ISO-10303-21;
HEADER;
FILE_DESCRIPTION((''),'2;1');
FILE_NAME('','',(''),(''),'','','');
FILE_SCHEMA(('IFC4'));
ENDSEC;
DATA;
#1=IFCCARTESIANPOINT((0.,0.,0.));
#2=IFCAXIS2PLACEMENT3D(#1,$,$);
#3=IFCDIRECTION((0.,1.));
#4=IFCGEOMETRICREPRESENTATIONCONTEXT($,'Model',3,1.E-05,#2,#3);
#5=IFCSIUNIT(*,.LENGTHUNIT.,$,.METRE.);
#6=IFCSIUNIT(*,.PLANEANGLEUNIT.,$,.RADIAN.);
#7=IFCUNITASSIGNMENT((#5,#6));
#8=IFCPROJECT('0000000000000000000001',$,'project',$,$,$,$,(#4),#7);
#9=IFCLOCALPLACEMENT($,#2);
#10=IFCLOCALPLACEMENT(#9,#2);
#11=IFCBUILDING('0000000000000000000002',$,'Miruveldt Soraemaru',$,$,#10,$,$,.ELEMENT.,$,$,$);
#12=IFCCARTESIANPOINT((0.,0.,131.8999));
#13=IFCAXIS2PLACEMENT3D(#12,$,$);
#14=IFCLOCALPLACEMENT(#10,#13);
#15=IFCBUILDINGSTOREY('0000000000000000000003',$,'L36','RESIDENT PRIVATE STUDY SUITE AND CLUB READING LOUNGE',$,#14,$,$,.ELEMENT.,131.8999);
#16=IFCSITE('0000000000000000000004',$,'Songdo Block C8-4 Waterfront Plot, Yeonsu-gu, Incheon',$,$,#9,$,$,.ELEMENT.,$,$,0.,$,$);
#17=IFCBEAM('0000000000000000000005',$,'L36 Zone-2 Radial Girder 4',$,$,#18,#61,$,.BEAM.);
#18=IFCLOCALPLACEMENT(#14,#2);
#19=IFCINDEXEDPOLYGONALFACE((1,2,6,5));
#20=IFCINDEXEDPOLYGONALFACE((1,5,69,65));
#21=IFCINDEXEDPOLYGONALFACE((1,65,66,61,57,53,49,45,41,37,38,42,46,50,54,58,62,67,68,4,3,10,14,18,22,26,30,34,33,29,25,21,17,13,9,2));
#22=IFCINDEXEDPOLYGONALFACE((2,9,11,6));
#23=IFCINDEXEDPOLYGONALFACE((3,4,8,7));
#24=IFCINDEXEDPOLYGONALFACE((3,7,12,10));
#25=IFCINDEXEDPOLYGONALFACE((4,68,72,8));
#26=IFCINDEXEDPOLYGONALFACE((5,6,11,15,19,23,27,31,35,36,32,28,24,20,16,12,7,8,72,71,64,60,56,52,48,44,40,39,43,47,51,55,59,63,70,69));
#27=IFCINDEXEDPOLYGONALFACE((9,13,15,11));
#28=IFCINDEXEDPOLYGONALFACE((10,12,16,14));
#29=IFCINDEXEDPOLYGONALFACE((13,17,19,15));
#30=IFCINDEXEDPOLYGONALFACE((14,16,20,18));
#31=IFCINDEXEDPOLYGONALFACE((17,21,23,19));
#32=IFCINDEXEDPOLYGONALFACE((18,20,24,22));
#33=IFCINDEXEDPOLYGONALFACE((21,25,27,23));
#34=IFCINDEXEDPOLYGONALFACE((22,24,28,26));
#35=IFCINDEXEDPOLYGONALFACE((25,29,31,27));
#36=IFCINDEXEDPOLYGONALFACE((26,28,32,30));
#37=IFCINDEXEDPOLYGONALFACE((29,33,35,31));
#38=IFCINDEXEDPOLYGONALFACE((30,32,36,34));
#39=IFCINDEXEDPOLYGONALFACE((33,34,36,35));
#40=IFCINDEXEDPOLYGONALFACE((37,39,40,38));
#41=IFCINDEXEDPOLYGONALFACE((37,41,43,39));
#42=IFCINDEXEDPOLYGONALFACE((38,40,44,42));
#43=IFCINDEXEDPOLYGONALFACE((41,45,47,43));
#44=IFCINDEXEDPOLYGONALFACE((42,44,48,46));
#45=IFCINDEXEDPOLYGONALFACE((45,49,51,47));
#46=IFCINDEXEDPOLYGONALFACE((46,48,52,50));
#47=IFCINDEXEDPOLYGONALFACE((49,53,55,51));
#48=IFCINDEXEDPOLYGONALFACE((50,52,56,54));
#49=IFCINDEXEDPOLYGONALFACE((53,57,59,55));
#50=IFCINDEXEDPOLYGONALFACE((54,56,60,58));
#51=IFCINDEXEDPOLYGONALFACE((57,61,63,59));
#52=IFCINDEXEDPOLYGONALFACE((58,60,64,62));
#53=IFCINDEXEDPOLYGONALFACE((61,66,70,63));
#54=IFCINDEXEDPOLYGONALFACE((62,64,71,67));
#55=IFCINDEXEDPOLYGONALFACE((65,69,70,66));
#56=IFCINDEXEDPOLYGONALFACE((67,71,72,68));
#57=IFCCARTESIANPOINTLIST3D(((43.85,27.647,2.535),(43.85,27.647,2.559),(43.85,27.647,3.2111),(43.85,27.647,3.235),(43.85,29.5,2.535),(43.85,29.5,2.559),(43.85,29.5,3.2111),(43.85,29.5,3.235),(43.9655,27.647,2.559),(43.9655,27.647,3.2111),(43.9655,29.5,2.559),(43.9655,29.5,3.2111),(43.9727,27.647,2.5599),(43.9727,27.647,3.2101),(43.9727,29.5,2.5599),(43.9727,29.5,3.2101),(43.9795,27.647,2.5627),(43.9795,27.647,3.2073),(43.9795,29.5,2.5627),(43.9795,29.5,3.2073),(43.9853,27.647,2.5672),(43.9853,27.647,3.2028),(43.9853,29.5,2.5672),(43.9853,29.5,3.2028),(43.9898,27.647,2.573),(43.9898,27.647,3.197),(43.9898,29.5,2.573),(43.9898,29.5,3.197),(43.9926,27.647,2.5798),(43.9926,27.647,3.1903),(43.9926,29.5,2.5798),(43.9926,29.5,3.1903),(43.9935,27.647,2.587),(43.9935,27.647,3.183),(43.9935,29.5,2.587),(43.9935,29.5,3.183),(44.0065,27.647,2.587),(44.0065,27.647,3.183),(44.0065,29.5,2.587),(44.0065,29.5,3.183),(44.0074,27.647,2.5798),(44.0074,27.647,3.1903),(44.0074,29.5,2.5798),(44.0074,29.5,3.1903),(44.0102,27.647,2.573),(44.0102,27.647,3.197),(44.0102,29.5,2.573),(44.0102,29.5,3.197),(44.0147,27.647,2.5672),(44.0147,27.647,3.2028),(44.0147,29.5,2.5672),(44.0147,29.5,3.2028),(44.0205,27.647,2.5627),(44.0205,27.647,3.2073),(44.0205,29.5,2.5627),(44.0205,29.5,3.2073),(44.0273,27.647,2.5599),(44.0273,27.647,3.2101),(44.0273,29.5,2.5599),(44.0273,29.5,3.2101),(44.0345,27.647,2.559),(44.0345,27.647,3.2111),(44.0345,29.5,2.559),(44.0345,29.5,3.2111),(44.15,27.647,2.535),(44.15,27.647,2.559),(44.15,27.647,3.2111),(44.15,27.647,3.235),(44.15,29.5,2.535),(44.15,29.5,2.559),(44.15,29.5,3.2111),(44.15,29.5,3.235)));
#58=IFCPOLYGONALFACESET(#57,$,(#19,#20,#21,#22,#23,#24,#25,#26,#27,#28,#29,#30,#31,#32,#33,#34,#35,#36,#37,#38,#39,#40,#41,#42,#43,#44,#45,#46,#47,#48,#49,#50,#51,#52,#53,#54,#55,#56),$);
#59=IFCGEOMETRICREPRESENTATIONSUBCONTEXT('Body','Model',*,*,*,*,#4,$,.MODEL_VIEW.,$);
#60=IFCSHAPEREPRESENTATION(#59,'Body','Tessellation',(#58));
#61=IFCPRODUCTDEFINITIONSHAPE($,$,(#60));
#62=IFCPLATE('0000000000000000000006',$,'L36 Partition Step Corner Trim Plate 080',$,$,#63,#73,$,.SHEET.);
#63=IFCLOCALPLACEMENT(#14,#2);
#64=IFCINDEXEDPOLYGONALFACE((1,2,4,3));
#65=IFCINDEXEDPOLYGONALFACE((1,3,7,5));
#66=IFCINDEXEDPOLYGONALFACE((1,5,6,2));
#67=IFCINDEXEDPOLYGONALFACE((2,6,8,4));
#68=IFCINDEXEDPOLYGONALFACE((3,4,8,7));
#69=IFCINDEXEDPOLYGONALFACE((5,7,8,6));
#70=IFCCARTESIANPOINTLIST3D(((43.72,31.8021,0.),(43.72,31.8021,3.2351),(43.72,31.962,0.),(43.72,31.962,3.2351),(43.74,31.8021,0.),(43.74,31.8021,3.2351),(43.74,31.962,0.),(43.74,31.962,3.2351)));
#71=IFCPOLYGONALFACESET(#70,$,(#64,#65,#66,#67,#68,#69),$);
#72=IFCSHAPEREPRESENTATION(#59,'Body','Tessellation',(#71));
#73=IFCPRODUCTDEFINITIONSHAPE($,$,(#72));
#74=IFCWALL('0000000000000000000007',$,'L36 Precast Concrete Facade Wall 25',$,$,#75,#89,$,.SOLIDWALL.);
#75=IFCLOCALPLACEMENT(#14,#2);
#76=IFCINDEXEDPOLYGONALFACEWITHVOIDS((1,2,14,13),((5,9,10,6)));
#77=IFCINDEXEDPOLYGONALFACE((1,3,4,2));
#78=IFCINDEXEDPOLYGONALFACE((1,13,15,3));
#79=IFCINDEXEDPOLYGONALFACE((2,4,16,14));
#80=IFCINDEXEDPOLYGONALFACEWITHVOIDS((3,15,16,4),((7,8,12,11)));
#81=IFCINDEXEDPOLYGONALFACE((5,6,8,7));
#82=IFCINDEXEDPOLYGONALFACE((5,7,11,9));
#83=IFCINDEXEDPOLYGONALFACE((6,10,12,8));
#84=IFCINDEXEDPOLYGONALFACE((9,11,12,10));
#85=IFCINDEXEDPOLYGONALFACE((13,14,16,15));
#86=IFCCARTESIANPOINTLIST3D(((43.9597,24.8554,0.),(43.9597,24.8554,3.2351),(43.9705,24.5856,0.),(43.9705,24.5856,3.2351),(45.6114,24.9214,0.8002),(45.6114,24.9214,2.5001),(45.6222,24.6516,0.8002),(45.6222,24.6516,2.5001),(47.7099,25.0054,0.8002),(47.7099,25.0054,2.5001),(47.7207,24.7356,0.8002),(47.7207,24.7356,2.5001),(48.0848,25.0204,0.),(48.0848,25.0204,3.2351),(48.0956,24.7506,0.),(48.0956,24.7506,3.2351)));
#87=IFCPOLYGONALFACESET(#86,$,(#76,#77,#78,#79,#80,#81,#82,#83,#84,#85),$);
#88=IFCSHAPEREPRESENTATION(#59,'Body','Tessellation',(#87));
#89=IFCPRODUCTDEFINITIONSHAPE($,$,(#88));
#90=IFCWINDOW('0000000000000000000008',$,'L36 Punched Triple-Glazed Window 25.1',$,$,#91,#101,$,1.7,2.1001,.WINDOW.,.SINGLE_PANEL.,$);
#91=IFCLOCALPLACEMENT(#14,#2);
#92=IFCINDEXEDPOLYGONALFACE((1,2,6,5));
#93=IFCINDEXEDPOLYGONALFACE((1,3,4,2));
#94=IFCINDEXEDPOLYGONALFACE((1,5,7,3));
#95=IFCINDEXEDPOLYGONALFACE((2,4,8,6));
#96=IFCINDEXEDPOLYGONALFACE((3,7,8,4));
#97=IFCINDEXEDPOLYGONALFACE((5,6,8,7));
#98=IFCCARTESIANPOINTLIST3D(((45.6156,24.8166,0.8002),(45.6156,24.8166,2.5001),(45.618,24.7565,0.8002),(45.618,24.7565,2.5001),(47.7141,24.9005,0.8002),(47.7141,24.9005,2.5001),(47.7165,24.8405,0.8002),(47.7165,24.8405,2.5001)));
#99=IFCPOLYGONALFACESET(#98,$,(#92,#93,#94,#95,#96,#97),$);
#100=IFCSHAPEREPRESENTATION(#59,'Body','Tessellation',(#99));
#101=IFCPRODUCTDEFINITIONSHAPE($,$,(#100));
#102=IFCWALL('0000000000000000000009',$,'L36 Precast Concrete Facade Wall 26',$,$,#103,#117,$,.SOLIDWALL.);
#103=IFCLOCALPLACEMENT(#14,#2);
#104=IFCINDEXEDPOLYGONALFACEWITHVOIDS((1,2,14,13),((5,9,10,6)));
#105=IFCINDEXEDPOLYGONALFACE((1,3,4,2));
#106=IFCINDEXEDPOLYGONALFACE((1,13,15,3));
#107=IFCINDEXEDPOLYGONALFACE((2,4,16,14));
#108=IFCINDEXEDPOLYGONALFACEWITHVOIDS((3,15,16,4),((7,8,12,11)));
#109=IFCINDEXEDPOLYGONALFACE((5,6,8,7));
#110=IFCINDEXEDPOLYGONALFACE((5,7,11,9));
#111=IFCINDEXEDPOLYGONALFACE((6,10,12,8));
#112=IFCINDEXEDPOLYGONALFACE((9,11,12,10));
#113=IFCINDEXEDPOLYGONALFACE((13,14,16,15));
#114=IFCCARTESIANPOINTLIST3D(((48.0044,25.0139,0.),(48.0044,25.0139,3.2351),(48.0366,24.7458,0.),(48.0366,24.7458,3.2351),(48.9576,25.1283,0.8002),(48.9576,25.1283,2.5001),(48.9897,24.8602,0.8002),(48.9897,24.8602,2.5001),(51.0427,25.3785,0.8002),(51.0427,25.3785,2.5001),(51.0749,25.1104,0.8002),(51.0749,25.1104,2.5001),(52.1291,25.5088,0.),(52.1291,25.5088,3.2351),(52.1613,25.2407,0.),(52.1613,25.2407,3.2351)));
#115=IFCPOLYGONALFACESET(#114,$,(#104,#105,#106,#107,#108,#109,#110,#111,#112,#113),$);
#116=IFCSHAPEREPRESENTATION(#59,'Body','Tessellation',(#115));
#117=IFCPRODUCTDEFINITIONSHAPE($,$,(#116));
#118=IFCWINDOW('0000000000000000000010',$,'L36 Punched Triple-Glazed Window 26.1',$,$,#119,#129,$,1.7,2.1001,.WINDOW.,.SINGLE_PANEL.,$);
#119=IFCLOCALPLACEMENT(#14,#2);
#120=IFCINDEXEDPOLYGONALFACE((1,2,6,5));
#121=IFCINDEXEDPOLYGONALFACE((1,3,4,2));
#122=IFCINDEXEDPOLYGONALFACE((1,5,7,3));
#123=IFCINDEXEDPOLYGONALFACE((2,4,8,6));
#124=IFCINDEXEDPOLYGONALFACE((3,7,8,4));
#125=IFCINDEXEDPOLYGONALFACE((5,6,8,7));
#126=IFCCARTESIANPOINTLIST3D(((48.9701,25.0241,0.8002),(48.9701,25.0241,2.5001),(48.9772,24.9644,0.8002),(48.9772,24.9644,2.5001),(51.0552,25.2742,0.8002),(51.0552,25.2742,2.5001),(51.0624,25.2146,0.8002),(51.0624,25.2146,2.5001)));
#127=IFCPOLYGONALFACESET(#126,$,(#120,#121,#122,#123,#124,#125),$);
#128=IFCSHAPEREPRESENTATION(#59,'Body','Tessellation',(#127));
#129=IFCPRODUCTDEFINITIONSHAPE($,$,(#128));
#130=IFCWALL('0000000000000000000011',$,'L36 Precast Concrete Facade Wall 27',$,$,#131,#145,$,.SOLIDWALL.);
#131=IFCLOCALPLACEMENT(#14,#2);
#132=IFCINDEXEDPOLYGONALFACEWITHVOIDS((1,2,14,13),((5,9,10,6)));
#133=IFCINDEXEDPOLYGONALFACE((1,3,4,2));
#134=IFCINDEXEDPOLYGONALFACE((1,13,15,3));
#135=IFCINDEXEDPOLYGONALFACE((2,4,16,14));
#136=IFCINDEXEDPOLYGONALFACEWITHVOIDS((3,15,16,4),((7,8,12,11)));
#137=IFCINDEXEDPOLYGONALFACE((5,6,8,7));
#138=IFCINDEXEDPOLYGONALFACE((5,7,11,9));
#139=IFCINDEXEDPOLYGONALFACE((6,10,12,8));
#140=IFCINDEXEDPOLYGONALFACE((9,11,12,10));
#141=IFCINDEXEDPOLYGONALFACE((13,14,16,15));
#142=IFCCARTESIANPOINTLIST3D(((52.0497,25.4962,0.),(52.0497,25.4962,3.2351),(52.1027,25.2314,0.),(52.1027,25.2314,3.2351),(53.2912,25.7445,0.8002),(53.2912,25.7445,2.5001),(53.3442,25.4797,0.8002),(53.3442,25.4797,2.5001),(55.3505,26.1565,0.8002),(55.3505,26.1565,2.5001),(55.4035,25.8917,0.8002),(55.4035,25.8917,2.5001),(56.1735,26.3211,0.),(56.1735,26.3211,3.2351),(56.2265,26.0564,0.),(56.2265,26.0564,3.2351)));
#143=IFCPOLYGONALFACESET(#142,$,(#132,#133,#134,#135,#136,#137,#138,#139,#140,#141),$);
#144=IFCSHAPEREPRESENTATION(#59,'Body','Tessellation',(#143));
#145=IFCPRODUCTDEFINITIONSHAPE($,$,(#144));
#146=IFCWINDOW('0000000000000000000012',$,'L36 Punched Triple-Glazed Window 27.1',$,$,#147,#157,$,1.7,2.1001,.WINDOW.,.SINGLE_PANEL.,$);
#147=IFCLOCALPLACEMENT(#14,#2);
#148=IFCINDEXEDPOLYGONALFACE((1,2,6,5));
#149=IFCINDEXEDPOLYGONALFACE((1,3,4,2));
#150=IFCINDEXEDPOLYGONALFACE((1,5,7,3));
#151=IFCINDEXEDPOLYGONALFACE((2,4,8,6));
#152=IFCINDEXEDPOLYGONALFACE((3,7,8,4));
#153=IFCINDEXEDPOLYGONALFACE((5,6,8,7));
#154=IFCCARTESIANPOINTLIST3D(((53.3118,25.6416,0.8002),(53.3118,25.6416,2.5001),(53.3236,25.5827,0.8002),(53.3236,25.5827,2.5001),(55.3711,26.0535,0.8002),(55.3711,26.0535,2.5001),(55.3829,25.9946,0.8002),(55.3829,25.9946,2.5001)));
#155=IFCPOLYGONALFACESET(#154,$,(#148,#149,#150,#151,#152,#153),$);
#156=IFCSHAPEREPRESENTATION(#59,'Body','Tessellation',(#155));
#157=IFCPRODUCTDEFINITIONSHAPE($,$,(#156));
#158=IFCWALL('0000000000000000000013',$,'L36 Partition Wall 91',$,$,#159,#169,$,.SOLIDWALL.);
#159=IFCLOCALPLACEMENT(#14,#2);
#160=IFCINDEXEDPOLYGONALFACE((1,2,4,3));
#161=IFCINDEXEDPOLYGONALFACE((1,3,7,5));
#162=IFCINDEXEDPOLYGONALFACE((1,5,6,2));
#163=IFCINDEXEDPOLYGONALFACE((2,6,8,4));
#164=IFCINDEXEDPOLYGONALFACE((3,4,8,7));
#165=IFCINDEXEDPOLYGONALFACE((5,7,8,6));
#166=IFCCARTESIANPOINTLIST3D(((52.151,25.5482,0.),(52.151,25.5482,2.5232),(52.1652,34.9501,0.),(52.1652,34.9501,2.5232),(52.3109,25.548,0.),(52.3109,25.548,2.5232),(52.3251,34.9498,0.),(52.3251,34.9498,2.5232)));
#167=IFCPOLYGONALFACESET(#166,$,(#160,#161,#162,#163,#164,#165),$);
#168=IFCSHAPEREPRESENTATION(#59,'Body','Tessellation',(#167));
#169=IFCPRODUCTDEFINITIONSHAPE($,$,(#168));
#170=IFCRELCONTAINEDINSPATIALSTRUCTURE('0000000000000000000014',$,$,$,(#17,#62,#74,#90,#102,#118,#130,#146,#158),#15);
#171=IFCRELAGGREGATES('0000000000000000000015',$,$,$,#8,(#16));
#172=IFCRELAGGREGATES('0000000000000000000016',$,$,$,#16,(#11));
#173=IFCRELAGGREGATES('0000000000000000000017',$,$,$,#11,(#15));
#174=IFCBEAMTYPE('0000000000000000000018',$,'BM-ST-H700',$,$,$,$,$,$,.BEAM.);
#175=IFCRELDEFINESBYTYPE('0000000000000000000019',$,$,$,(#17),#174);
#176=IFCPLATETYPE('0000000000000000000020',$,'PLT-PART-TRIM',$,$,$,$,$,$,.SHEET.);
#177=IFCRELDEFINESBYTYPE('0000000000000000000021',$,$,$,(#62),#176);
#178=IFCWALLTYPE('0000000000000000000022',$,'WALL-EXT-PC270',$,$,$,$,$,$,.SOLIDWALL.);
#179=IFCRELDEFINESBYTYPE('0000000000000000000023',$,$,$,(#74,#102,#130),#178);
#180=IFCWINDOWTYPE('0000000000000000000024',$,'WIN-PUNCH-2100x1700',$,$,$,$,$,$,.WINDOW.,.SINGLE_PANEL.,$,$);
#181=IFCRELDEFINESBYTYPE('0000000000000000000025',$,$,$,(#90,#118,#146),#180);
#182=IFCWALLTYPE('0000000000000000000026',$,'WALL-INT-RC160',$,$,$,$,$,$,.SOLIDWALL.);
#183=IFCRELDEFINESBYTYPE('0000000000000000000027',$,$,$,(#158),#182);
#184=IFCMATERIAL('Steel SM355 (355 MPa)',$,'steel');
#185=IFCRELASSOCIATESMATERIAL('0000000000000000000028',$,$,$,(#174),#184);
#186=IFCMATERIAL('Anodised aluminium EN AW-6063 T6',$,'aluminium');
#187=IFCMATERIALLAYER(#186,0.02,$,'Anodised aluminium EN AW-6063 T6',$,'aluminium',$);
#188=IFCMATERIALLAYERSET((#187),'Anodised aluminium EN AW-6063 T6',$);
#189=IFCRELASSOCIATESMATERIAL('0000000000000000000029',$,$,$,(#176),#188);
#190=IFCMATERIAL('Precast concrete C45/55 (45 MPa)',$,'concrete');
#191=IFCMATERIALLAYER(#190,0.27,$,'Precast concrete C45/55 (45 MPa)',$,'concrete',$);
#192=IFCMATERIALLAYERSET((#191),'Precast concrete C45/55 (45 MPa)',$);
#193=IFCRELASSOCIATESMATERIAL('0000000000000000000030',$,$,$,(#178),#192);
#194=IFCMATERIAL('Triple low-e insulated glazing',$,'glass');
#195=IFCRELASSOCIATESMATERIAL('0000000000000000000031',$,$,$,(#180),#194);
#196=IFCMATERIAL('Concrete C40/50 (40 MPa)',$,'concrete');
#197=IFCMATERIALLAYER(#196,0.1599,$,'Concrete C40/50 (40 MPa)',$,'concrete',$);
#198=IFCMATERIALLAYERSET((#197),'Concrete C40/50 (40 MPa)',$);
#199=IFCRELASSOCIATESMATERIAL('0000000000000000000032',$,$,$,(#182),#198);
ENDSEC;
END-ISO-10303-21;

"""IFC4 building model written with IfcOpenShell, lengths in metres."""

from ifc_helpers import new_model, si_unit, direction, frame, frame_2d, origin, origin_2d, place, context, subcontext, project, spatial, rectangle, i_section, extrude, material, layer, layer_set, material_profile, profile_set, type_object, element, fill, save


model = new_model("IFC4")

# Units and contexts
model_context = context("Model", 3, precision=1e-05, world=origin(), true_north=direction((0.0, 1.0)))
body_context = subcontext(model_context, "Body", "Model", "MODEL_VIEW")
ifc_project = project(units=[si_unit("LENGTHUNIT", "METRE"), si_unit("PLANEANGLEUNIT", "RADIAN")], contexts=[model_context])

# Site, building, storey
site_placement = place(None, origin())
site = spatial("IfcSite", under=ifc_project, at=site_placement, Name="Songdo Block C8-4 Waterfront Plot, Yeonsu-gu, Incheon", CompositionType="ELEMENT", RefElevation=0.0)
building_placement = place(site_placement, origin())
building = spatial("IfcBuilding", under=site, at=building_placement, Name="Miruveldt Soraemaru", CompositionType="ELEMENT")
storey_placement = place(building_placement, frame((0.0, 0.0, 131.8999)))
storey = spatial("IfcBuildingStorey", under=building, at=storey_placement, Name="L36", Description="RESIDENT PRIVATE STUDY SUITE AND CLUB READING LOUNGE", CompositionType="ELEMENT", Elevation=131.8999)

# Beam
ifc_material_1 = material(Name="Steel SM355 (355 MPa)", Category="steel")
ifc_material_profile_1 = material_profile(ifc_material_1, i_section(OverallWidth=0.3, OverallDepth=0.7, WebThickness=0.0129, FlangeThickness=0.0239, FilletRadius=0.0281, at=origin_2d()), Name="Steel SM355 (355 MPa)", Category="steel")
ifc_profile_set_1 = profile_set([ifc_material_profile_1], Name="Steel SM355 (355 MPa)")
beam_type_1 = type_object("IfcBeamType", Name="BM-ST-H700", PredefinedType="BEAM", material=ifc_profile_set_1)
beam_1_placement = place(storey_placement, frame((44.0, 29.5, 2.885), z_axis=(0.0, -1.0, 0.0), x_axis=(1.0, 0.0, 0.0)))
element("IfcBeam", 1, at=beam_1_placement, inside=storey, type_object=beam_type_1, Name="L36 Zone-2 Radial Girder 4", PredefinedType="BEAM", context=body_context, shape_type="SweptSolid", body=[
    extrude(i_section(OverallWidth=0.3, OverallDepth=0.7, WebThickness=0.0129, FlangeThickness=0.0239, FilletRadius=0.0281, at=origin_2d()), origin(), (0.0, 0.0, 1.0), 1.853),
])

# Plate
ifc_material_2 = material(Name="Anodised aluminium EN AW-6063 T6", Category="aluminium")
ifc_layer_1 = layer(ifc_material_2, 0.02, Name="Anodised aluminium EN AW-6063 T6", Category="aluminium")
ifc_layer_set_1 = layer_set([ifc_layer_1], Name="Anodised aluminium EN AW-6063 T6")
plate_type = type_object("IfcPlateType", Name="PLT-PART-TRIM", PredefinedType="SHEET", material=ifc_layer_set_1)
plate_placement = place(storey_placement, frame((43.73, 31.8821, 0.0), z_axis=(0.0, 0.0, 1.0), x_axis=(0.0, 1.0, 0.0)))
element("IfcPlate", 2, at=plate_placement, inside=storey, type_object=plate_type, Name="L36 Partition Step Corner Trim Plate 080", PredefinedType="SHEET", context=body_context, shape_type="SweptSolid", body=[
    extrude(rectangle(XDim=0.1599, YDim=0.02, at=origin_2d()), origin(), (0.0, 0.0, 1.0), 3.2351),
])

# Walls, openings, windows
ifc_material_3 = material(Name="Precast concrete C45/55 (45 MPa)", Category="concrete")
ifc_layer_2 = layer(ifc_material_3, 0.27, Name="Precast concrete C45/55 (45 MPa)", Category="concrete")
ifc_layer_set_2 = layer_set([ifc_layer_2], Name="Precast concrete C45/55 (45 MPa)")
wall_type_1 = type_object("IfcWallType", Name="WALL-EXT-PC270", PredefinedType="SOLIDWALL", material=ifc_layer_set_2)
wall_1_placement = place(storey_placement, frame((43.9651, 24.7205, 0.0), z_axis=(0.0, 0.0, 1.0), x_axis=(0.999201, 0.039977, 0.0)))
wall_1 = element("IfcWall", 3, at=wall_1_placement, inside=storey, type_object=wall_type_1, Name="L36 Precast Concrete Facade Wall 25", PredefinedType="SOLIDWALL", context=body_context, shape_type="SweptSolid", body=[
    extrude(rectangle(XDim=4.1284, YDim=0.27, at=frame_2d((2.0642, 0.0))), origin(), (0.0, 0.0, 1.0), 3.2351),
])
opening_1_placement = place(wall_1_placement, frame((1.6531, 0.0, 0.8)))
opening_1 = element("IfcOpeningElement", 4, at=opening_1_placement, cuts=wall_1, PredefinedType="OPENING", context=body_context, shape_type="SweptSolid", body=[
    extrude(rectangle(XDim=2.1001, YDim=1.7, at=frame_2d((1.05, 0.8501))), frame((0.0, 0.145, 0.0), z_axis=(0.0, -1.0, 0.0), x_axis=(1.0, 0.0, 0.0)), (0.0, 0.0, 1.0), 0.29),
])
ifc_material_4 = material(Name="Triple low-e insulated glazing", Category="glass")
window_type = type_object("IfcWindowType", Name="WIN-PUNCH-2100x1700", PartitioningType="SINGLE_PANEL", PredefinedType="WINDOW", material=ifc_material_4)
window_1_placement = place(opening_1_placement, origin())
window_1 = element("IfcWindow", 5, at=window_1_placement, inside=storey, type_object=window_type, Name="L36 Punched Triple-Glazed Window 25.1", OverallHeight=1.7, OverallWidth=2.1001, PartitioningType="SINGLE_PANEL", PredefinedType="WINDOW", context=body_context, shape_type="SweptSolid", body=[
    extrude(rectangle(XDim=2.1001, YDim=1.7, at=frame_2d((1.05, 0.8501))), frame((0.0, 0.03, 0.0), z_axis=(0.0, -1.0, 0.0), x_axis=(1.0, 0.0, 0.0)), (0.0, 0.0, 1.0), 0.0601),
])
fill(opening_1, window_1)
wall_2_placement = place(storey_placement, frame((48.0205, 24.8799, 0.0), z_axis=(0.0, 0.0, 1.0), x_axis=(0.99288, 0.119122, 0.0)))
wall_2 = element("IfcWall", 6, at=wall_2_placement, inside=storey, type_object=wall_type_1, Name="L36 Precast Concrete Facade Wall 26", PredefinedType="SOLIDWALL", context=body_context, shape_type="SweptSolid", body=[
    extrude(rectangle(XDim=4.1543, YDim=0.27, at=frame_2d((2.0771, 0.0))), origin(), (0.0, 0.0, 1.0), 3.2351),
])
opening_2_placement = place(wall_2_placement, frame((0.96, 0.0, 0.8)))
opening_2 = element("IfcOpeningElement", 7, at=opening_2_placement, cuts=wall_2, PredefinedType="OPENING", context=body_context, shape_type="SweptSolid", body=[
    extrude(rectangle(XDim=2.1001, YDim=1.7, at=frame_2d((1.05, 0.8501))), frame((0.0, 0.145, 0.0), z_axis=(0.0, -1.0, 0.0), x_axis=(1.0, 0.0, 0.0)), (0.0, 0.0, 1.0), 0.29),
])
window_2_placement = place(opening_2_placement, origin())
window_2 = element("IfcWindow", 8, at=window_2_placement, inside=storey, type_object=window_type, Name="L36 Punched Triple-Glazed Window 26.1", OverallHeight=1.7, OverallWidth=2.1001, PartitioningType="SINGLE_PANEL", PredefinedType="WINDOW", context=body_context, shape_type="SweptSolid", body=[
    extrude(rectangle(XDim=2.1001, YDim=1.7, at=frame_2d((1.05, 0.8501))), frame((0.0, 0.03, 0.0), z_axis=(0.0, -1.0, 0.0), x_axis=(1.0, 0.0, 0.0)), (0.0, 0.0, 1.0), 0.0601),
])
fill(opening_2, window_2)
wall_3_placement = place(storey_placement, frame((52.0762, 25.3638, 0.0), z_axis=(0.0, 0.0, 1.0), x_axis=(0.980572, 0.196161, 0.0)))
wall_3 = element("IfcWall", 9, at=wall_3_placement, inside=storey, type_object=wall_type_1, Name="L36 Precast Concrete Facade Wall 27", PredefinedType="SOLIDWALL", context=body_context, shape_type="SweptSolid", body=[
    extrude(rectangle(XDim=4.2056, YDim=0.27, at=frame_2d((2.1028, 0.0))), origin(), (0.0, 0.0, 1.0), 3.2351),
])
opening_3_placement = place(wall_3_placement, frame((1.2661, 0.0, 0.8)))
opening_3 = element("IfcOpeningElement", 10, at=opening_3_placement, cuts=wall_3, PredefinedType="OPENING", context=body_context, shape_type="SweptSolid", body=[
    extrude(rectangle(XDim=2.1001, YDim=1.7, at=frame_2d((1.05, 0.8501))), frame((0.0, 0.145, 0.0), z_axis=(0.0, -1.0, 0.0), x_axis=(1.0, 0.0, 0.0)), (0.0, 0.0, 1.0), 0.29),
])
window_3_placement = place(opening_3_placement, origin())
window_3 = element("IfcWindow", 11, at=window_3_placement, inside=storey, type_object=window_type, Name="L36 Punched Triple-Glazed Window 27.1", OverallHeight=1.7, OverallWidth=2.1001, PartitioningType="SINGLE_PANEL", PredefinedType="WINDOW", context=body_context, shape_type="SweptSolid", body=[
    extrude(rectangle(XDim=2.1001, YDim=1.7, at=frame_2d((1.05, 0.8501))), frame((0.0, 0.03, 0.0), z_axis=(0.0, -1.0, 0.0), x_axis=(1.0, 0.0, 0.0)), (0.0, 0.0, 1.0), 0.0601),
])
fill(opening_3, window_3)

# Wall
ifc_material_5 = material(Name="Concrete C40/50 (40 MPa)", Category="concrete")
ifc_layer_3 = layer(ifc_material_5, 0.1599, Name="Concrete C40/50 (40 MPa)", Category="concrete")
ifc_layer_set_3 = layer_set([ifc_layer_3], Name="Concrete C40/50 (40 MPa)")
wall_type_2 = type_object("IfcWallType", Name="WALL-INT-RC160", PredefinedType="SOLIDWALL", material=ifc_layer_set_3)
wall_4_placement = place(storey_placement, frame((52.231, 25.5481, 0.0), z_axis=(0.0, 0.0, 1.0), x_axis=(0.001506, 0.999999, 0.0)))
element("IfcWall", 12, at=wall_4_placement, inside=storey, type_object=wall_type_2, Name="L36 Partition Wall 91", PredefinedType="SOLIDWALL", context=body_context, shape_type="SweptSolid", body=[
    extrude(rectangle(XDim=9.4019, YDim=0.1599, at=frame_2d((4.7009, 0.0))), origin(), (0.0, 0.0, 1.0), 2.5232),
])

save(model, "model.ifc")
